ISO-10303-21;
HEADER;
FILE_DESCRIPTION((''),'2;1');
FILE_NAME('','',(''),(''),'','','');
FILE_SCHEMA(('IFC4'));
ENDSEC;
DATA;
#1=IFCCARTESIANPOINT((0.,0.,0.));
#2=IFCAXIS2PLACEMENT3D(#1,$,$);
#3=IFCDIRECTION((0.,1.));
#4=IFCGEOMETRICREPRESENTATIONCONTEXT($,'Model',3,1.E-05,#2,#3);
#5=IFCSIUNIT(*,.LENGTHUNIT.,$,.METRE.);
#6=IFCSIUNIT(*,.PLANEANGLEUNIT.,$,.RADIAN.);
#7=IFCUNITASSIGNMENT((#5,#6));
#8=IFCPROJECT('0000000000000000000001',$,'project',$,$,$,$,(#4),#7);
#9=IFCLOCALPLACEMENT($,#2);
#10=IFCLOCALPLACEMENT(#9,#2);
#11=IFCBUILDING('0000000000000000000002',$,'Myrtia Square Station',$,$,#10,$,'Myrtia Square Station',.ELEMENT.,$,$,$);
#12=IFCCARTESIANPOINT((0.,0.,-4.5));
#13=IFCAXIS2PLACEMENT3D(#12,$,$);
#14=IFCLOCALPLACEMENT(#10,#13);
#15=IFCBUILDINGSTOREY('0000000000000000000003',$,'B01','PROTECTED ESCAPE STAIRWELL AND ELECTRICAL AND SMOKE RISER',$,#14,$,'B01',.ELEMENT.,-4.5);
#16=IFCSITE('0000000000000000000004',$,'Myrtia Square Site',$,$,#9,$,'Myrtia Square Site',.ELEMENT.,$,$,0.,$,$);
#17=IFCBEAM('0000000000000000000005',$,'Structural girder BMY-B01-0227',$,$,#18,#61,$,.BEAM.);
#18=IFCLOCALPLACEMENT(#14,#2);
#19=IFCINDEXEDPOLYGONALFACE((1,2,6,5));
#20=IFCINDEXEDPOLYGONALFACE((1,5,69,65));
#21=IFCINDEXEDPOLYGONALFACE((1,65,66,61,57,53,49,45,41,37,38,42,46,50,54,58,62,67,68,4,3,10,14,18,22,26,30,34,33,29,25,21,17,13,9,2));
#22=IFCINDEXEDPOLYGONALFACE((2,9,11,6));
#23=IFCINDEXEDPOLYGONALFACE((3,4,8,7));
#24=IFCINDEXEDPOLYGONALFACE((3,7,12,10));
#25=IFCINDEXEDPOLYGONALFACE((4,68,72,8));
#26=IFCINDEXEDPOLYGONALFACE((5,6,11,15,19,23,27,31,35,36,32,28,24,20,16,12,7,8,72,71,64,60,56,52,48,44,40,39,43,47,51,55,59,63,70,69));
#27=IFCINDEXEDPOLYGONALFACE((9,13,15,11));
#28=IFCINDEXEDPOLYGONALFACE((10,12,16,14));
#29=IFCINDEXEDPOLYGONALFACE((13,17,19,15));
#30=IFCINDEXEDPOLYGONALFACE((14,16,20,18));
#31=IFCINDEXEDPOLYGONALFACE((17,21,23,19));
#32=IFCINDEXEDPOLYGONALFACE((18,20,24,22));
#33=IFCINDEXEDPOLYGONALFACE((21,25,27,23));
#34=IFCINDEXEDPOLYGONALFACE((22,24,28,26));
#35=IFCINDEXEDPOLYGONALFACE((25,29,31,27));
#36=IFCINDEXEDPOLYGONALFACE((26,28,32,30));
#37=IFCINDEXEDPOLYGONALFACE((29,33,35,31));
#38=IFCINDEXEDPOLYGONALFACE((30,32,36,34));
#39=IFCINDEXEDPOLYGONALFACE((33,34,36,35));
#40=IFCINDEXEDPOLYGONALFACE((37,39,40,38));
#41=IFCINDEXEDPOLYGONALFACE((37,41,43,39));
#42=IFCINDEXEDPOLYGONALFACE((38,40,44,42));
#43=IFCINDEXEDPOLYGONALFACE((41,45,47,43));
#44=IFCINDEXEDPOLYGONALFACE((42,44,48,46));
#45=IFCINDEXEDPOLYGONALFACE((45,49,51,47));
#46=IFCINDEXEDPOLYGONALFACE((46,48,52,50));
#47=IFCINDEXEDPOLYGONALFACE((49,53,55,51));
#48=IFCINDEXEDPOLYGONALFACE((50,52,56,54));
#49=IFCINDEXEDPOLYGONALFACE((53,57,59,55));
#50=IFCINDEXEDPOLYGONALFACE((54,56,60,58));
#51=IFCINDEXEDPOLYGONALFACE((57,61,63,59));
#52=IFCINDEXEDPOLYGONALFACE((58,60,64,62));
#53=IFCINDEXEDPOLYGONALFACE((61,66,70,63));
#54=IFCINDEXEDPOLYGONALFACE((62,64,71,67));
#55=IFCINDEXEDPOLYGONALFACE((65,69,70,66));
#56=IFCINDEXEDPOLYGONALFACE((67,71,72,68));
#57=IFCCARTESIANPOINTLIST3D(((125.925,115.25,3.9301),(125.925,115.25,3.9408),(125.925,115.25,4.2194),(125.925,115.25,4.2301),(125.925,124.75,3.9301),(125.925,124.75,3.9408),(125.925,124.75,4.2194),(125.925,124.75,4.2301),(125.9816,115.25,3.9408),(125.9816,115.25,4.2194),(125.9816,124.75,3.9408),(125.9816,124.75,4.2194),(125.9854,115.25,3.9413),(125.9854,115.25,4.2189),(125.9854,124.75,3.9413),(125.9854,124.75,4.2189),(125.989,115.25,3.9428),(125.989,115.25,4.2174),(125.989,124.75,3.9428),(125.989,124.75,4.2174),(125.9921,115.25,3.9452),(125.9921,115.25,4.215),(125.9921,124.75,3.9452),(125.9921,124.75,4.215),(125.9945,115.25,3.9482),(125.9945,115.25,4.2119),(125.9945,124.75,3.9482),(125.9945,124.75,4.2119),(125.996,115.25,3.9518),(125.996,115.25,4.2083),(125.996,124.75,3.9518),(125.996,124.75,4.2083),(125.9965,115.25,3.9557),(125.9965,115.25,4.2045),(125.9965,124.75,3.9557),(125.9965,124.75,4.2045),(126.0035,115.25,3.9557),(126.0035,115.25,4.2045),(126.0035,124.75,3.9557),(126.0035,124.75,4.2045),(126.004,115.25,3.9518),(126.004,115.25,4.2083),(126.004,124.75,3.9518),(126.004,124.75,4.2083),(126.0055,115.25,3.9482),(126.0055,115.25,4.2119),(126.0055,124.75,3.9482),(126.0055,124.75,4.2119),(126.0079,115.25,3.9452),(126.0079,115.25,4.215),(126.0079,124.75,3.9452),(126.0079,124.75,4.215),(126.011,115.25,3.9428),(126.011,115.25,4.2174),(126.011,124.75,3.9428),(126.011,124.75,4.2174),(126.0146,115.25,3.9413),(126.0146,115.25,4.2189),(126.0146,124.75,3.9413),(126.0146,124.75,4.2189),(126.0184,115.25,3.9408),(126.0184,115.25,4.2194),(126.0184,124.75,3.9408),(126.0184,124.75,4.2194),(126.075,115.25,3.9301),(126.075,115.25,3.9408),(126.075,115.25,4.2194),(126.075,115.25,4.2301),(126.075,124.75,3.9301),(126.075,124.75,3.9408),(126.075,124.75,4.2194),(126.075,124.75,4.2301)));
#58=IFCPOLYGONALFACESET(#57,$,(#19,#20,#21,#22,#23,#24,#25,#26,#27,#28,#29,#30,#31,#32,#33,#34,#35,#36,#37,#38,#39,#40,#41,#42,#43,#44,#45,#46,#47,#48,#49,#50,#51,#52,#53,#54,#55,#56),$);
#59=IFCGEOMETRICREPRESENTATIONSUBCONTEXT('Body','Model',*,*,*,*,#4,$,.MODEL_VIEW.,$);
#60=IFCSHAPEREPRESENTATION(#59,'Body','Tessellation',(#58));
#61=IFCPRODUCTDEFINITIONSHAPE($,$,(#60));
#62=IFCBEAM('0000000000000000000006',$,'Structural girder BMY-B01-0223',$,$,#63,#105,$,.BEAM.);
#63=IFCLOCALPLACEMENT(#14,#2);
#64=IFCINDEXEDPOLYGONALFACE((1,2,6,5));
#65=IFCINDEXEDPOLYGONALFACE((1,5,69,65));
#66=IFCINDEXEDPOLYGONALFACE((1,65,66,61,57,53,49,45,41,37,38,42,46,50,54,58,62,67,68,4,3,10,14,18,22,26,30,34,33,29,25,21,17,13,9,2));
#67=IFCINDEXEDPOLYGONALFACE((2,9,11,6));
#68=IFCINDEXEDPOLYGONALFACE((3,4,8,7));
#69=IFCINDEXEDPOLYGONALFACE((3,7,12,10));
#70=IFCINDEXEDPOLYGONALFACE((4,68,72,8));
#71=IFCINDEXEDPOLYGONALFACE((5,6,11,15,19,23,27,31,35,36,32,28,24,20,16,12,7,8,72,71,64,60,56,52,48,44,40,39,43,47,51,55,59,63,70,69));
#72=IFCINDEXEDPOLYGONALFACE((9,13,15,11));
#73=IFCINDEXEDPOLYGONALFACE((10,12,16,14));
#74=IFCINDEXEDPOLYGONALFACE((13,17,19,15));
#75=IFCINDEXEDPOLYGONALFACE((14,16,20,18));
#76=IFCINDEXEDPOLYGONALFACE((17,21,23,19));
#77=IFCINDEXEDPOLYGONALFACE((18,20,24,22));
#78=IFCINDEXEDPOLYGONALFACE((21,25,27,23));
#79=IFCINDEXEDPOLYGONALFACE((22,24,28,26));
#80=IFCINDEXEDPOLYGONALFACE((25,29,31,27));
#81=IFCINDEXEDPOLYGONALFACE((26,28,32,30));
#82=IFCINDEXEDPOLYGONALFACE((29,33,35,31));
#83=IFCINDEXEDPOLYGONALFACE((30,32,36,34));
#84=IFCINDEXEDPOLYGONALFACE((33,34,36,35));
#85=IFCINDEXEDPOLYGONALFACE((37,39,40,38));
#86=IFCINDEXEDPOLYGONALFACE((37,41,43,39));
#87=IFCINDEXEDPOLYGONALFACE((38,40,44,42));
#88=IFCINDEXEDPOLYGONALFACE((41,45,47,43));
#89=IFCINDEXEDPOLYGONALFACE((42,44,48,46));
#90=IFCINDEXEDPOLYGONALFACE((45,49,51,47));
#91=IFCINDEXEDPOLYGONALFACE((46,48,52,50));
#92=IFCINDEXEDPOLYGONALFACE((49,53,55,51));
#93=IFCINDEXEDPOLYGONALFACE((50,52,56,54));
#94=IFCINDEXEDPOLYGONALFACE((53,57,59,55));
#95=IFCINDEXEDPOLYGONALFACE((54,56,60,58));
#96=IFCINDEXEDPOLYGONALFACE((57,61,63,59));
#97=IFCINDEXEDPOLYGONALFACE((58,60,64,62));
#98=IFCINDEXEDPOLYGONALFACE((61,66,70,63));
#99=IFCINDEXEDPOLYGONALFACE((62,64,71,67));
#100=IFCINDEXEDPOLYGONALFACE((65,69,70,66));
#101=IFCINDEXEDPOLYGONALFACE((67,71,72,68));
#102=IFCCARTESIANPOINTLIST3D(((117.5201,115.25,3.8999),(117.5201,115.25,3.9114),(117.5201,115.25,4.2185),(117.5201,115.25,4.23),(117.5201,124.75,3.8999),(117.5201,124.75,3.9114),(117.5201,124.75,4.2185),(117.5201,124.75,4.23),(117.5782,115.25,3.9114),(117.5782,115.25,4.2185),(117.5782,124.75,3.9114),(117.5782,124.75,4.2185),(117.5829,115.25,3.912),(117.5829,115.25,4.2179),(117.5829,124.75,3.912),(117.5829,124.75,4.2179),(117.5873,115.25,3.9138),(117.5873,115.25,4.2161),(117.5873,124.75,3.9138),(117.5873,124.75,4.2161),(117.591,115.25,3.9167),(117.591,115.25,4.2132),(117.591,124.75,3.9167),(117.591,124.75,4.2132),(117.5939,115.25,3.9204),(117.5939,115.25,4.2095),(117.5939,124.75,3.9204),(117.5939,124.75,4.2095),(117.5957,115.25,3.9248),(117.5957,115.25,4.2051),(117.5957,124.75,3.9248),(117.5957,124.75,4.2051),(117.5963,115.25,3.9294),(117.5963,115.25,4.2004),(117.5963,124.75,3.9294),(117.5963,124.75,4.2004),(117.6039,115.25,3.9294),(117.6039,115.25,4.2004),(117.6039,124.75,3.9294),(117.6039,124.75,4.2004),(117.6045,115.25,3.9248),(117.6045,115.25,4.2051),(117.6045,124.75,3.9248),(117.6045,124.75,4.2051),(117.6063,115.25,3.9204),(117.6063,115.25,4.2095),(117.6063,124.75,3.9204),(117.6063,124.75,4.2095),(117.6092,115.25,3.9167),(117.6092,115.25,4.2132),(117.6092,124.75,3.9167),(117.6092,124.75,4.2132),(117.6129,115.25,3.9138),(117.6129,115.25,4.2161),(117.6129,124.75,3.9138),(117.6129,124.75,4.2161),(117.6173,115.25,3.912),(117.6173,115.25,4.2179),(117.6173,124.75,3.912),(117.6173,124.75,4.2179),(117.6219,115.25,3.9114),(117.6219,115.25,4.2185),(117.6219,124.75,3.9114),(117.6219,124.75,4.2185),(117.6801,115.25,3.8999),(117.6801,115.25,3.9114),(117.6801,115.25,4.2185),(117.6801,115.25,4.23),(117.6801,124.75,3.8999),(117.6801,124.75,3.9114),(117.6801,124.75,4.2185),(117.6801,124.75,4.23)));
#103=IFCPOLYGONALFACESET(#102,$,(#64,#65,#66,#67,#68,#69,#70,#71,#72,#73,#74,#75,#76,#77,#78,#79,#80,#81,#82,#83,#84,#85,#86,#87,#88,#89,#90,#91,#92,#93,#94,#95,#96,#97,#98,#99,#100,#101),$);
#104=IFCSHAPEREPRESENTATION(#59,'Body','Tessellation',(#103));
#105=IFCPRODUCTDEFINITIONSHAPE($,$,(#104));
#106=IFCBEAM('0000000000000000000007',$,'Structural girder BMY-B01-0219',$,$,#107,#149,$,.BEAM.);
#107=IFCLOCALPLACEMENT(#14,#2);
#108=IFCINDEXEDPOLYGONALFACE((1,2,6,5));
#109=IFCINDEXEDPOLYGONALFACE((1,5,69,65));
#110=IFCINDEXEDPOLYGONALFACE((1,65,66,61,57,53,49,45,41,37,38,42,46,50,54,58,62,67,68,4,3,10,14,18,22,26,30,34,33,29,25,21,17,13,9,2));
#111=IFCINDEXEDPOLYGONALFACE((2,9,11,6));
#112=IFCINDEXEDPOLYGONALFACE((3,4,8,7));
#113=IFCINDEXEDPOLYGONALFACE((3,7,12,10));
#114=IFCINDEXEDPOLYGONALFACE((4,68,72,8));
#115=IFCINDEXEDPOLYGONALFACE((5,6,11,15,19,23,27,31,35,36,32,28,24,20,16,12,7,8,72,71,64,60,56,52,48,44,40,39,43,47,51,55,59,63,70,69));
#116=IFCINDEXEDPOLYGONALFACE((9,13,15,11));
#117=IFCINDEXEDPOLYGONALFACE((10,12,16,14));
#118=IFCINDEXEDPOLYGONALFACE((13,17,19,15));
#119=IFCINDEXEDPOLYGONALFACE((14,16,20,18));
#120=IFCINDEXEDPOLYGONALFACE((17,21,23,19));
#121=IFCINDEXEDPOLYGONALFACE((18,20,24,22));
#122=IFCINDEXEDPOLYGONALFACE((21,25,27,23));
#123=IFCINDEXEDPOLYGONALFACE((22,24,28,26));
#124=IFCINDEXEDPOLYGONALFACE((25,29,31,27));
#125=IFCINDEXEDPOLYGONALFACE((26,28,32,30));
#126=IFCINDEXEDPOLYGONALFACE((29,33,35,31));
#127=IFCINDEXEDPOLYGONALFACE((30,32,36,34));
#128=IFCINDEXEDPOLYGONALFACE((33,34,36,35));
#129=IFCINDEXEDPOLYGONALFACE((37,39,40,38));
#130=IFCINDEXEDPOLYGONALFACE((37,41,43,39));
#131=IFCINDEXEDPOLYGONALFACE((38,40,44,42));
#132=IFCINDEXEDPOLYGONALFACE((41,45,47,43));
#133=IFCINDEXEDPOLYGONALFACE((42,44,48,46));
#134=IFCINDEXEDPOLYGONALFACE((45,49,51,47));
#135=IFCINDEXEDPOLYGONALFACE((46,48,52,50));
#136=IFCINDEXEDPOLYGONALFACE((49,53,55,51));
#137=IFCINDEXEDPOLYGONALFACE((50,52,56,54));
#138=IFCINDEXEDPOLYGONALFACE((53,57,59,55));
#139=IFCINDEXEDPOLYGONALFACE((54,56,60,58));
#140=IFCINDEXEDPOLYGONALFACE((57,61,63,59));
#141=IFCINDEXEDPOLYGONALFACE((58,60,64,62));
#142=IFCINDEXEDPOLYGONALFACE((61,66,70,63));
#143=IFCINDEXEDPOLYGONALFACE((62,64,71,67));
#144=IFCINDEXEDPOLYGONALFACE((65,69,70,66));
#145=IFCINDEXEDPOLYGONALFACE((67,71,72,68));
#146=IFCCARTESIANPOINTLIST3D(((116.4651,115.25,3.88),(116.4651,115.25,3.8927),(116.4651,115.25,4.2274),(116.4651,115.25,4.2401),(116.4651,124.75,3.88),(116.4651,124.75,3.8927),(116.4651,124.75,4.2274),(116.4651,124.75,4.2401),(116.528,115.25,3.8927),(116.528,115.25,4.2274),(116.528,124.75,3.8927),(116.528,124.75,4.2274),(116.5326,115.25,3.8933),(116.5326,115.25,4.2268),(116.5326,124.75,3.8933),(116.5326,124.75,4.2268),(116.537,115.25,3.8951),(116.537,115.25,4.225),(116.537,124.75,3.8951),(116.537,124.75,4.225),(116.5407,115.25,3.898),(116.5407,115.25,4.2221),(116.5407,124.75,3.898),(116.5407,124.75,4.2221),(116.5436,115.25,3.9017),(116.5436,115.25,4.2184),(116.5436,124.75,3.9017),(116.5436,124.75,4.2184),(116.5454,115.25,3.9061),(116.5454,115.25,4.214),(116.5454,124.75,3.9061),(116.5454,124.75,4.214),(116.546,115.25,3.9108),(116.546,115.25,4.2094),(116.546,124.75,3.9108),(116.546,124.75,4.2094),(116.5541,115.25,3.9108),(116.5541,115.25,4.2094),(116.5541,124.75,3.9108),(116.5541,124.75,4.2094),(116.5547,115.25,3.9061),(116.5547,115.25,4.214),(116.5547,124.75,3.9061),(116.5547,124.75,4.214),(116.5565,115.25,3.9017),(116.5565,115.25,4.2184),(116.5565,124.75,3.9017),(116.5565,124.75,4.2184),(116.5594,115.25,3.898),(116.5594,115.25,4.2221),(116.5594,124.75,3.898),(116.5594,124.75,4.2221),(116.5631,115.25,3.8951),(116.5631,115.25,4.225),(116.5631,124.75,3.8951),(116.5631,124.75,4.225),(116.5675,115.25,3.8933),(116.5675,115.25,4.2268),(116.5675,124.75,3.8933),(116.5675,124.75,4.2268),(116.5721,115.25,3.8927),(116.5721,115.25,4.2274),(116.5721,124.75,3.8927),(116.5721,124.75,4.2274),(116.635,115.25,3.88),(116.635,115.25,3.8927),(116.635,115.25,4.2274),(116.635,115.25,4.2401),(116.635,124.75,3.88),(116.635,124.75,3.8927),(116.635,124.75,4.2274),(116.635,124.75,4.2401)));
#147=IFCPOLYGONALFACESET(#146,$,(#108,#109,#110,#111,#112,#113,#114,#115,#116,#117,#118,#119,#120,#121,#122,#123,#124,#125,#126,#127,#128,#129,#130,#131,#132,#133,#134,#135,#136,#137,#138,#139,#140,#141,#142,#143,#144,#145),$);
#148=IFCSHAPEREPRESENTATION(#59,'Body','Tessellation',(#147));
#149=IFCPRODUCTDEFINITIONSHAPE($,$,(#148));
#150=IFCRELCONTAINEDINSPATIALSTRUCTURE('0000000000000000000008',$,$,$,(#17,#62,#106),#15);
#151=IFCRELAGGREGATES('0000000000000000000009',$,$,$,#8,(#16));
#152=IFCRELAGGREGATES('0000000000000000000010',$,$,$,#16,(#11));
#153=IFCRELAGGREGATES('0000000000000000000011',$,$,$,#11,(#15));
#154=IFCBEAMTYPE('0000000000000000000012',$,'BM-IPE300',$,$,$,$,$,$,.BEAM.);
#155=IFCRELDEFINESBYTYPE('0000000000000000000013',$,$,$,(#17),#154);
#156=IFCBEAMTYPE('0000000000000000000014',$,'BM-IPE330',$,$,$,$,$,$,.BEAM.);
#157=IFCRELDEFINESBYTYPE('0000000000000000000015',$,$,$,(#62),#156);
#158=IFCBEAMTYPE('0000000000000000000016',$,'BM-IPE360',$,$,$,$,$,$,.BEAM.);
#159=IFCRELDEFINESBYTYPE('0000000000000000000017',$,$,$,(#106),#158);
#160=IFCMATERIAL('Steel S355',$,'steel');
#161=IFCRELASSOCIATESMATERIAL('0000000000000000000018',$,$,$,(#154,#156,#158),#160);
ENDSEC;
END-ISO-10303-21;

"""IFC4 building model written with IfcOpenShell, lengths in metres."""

from ifc_helpers import new_model, si_unit, direction, frame, origin, origin_2d, place, context, subcontext, project, spatial, i_section, extrude, material, material_profile, profile_set, type_object, element, save


model = new_model("IFC4")

# Units and contexts
model_context = context("Model", 3, precision=1e-05, world=origin(), true_north=direction((0.0, 1.0)))
body_context = subcontext(model_context, "Body", "Model", "MODEL_VIEW")
ifc_project = project(units=[si_unit("LENGTHUNIT", "METRE"), si_unit("PLANEANGLEUNIT", "RADIAN")], contexts=[model_context])

# Site, building, storey
site_placement = place(None, origin())
site = spatial("IfcSite", under=ifc_project, at=site_placement, Name="Myrtia Square Site", LongName="Myrtia Square Site", CompositionType="ELEMENT", RefElevation=0.0)
building_placement = place(site_placement, origin())
building = spatial("IfcBuilding", under=site, at=building_placement, Name="Myrtia Square Station", LongName="Myrtia Square Station", CompositionType="ELEMENT")
storey_placement = place(building_placement, frame((0.0, 0.0, -4.5)))
storey = spatial("IfcBuildingStorey", under=building, at=storey_placement, Name="B01", Description="PROTECTED ESCAPE STAIRWELL AND ELECTRICAL AND SMOKE RISER", LongName="B01", CompositionType="ELEMENT", Elevation=-4.5)

# Shared definitions
ifc_material_1 = material(Name="Steel S355", Category="steel")

# Beams
ifc_material_profile_1 = material_profile(ifc_material_1, i_section(OverallWidth=0.1499, OverallDepth=0.3, WebThickness=0.0071, FlangeThickness=0.0107, FilletRadius=0.0149, at=origin_2d()), Name="IPE 300")
ifc_profile_set_1 = profile_set([ifc_material_profile_1], Name="Steel S355")
beam_type_1 = type_object("IfcBeamType", Name="BM-IPE300", PredefinedType="BEAM", material=ifc_profile_set_1)
beam_1_placement = place(storey_placement, frame((126.0, 115.25, 4.0801), z_axis=(0.0, 1.0, 0.0), x_axis=(-1.0, 0.0, 0.0)))
element("IfcBeam", 1, at=beam_1_placement, inside=storey, type_object=beam_type_1, Name="Structural girder BMY-B01-0227", PredefinedType="BEAM", context=body_context, shape_type="SweptSolid", body=[
    extrude(i_section(OverallWidth=0.1499, OverallDepth=0.3, WebThickness=0.0071, FlangeThickness=0.0107, FilletRadius=0.0149, at=origin_2d()), origin(), (0.0, 0.0, 1.0), 9.5),
])
ifc_material_profile_2 = material_profile(ifc_material_1, i_section(OverallWidth=0.1599, OverallDepth=0.3301, WebThickness=0.0076, FlangeThickness=0.0115, FilletRadius=0.0181, at=origin_2d()), Name="IPE 330")
ifc_profile_set_2 = profile_set([ifc_material_profile_2], Name="Steel S355")
beam_type_2 = type_object("IfcBeamType", Name="BM-IPE330", PredefinedType="BEAM", material=ifc_profile_set_2)
beam_2_placement = place(storey_placement, frame((117.6001, 115.25, 4.0649), z_axis=(0.0, 1.0, 0.0), x_axis=(-1.0, 0.0, 0.0)))
element("IfcBeam", 2, at=beam_2_placement, inside=storey, type_object=beam_type_2, Name="Structural girder BMY-B01-0223", PredefinedType="BEAM", context=body_context, shape_type="SweptSolid", body=[
    extrude(i_section(OverallWidth=0.1599, OverallDepth=0.3301, WebThickness=0.0076, FlangeThickness=0.0115, FilletRadius=0.0181, at=origin_2d()), origin(), (0.0, 0.0, 1.0), 9.5),
])
ifc_material_profile_3 = material_profile(ifc_material_1, i_section(OverallWidth=0.1699, OverallDepth=0.3601, WebThickness=0.0081, FlangeThickness=0.0127, FilletRadius=0.0181, at=origin_2d()), Name="IPE 360")
ifc_profile_set_3 = profile_set([ifc_material_profile_3], Name="Steel S355")
beam_type_3 = type_object("IfcBeamType", Name="BM-IPE360", PredefinedType="BEAM", material=ifc_profile_set_3)
beam_3_placement = place(storey_placement, frame((116.55, 115.25, 4.0601), z_axis=(0.0, 1.0, 0.0), x_axis=(-1.0, 0.0, 0.0)))
element("IfcBeam", 3, at=beam_3_placement, inside=storey, type_object=beam_type_3, Name="Structural girder BMY-B01-0219", PredefinedType="BEAM", context=body_context, shape_type="SweptSolid", body=[
    extrude(i_section(OverallWidth=0.1699, OverallDepth=0.3601, WebThickness=0.0081, FlangeThickness=0.0127, FilletRadius=0.0181, at=origin_2d()), origin(), (0.0, 0.0, 1.0), 9.5),
])

save(model, "model.ifc")
